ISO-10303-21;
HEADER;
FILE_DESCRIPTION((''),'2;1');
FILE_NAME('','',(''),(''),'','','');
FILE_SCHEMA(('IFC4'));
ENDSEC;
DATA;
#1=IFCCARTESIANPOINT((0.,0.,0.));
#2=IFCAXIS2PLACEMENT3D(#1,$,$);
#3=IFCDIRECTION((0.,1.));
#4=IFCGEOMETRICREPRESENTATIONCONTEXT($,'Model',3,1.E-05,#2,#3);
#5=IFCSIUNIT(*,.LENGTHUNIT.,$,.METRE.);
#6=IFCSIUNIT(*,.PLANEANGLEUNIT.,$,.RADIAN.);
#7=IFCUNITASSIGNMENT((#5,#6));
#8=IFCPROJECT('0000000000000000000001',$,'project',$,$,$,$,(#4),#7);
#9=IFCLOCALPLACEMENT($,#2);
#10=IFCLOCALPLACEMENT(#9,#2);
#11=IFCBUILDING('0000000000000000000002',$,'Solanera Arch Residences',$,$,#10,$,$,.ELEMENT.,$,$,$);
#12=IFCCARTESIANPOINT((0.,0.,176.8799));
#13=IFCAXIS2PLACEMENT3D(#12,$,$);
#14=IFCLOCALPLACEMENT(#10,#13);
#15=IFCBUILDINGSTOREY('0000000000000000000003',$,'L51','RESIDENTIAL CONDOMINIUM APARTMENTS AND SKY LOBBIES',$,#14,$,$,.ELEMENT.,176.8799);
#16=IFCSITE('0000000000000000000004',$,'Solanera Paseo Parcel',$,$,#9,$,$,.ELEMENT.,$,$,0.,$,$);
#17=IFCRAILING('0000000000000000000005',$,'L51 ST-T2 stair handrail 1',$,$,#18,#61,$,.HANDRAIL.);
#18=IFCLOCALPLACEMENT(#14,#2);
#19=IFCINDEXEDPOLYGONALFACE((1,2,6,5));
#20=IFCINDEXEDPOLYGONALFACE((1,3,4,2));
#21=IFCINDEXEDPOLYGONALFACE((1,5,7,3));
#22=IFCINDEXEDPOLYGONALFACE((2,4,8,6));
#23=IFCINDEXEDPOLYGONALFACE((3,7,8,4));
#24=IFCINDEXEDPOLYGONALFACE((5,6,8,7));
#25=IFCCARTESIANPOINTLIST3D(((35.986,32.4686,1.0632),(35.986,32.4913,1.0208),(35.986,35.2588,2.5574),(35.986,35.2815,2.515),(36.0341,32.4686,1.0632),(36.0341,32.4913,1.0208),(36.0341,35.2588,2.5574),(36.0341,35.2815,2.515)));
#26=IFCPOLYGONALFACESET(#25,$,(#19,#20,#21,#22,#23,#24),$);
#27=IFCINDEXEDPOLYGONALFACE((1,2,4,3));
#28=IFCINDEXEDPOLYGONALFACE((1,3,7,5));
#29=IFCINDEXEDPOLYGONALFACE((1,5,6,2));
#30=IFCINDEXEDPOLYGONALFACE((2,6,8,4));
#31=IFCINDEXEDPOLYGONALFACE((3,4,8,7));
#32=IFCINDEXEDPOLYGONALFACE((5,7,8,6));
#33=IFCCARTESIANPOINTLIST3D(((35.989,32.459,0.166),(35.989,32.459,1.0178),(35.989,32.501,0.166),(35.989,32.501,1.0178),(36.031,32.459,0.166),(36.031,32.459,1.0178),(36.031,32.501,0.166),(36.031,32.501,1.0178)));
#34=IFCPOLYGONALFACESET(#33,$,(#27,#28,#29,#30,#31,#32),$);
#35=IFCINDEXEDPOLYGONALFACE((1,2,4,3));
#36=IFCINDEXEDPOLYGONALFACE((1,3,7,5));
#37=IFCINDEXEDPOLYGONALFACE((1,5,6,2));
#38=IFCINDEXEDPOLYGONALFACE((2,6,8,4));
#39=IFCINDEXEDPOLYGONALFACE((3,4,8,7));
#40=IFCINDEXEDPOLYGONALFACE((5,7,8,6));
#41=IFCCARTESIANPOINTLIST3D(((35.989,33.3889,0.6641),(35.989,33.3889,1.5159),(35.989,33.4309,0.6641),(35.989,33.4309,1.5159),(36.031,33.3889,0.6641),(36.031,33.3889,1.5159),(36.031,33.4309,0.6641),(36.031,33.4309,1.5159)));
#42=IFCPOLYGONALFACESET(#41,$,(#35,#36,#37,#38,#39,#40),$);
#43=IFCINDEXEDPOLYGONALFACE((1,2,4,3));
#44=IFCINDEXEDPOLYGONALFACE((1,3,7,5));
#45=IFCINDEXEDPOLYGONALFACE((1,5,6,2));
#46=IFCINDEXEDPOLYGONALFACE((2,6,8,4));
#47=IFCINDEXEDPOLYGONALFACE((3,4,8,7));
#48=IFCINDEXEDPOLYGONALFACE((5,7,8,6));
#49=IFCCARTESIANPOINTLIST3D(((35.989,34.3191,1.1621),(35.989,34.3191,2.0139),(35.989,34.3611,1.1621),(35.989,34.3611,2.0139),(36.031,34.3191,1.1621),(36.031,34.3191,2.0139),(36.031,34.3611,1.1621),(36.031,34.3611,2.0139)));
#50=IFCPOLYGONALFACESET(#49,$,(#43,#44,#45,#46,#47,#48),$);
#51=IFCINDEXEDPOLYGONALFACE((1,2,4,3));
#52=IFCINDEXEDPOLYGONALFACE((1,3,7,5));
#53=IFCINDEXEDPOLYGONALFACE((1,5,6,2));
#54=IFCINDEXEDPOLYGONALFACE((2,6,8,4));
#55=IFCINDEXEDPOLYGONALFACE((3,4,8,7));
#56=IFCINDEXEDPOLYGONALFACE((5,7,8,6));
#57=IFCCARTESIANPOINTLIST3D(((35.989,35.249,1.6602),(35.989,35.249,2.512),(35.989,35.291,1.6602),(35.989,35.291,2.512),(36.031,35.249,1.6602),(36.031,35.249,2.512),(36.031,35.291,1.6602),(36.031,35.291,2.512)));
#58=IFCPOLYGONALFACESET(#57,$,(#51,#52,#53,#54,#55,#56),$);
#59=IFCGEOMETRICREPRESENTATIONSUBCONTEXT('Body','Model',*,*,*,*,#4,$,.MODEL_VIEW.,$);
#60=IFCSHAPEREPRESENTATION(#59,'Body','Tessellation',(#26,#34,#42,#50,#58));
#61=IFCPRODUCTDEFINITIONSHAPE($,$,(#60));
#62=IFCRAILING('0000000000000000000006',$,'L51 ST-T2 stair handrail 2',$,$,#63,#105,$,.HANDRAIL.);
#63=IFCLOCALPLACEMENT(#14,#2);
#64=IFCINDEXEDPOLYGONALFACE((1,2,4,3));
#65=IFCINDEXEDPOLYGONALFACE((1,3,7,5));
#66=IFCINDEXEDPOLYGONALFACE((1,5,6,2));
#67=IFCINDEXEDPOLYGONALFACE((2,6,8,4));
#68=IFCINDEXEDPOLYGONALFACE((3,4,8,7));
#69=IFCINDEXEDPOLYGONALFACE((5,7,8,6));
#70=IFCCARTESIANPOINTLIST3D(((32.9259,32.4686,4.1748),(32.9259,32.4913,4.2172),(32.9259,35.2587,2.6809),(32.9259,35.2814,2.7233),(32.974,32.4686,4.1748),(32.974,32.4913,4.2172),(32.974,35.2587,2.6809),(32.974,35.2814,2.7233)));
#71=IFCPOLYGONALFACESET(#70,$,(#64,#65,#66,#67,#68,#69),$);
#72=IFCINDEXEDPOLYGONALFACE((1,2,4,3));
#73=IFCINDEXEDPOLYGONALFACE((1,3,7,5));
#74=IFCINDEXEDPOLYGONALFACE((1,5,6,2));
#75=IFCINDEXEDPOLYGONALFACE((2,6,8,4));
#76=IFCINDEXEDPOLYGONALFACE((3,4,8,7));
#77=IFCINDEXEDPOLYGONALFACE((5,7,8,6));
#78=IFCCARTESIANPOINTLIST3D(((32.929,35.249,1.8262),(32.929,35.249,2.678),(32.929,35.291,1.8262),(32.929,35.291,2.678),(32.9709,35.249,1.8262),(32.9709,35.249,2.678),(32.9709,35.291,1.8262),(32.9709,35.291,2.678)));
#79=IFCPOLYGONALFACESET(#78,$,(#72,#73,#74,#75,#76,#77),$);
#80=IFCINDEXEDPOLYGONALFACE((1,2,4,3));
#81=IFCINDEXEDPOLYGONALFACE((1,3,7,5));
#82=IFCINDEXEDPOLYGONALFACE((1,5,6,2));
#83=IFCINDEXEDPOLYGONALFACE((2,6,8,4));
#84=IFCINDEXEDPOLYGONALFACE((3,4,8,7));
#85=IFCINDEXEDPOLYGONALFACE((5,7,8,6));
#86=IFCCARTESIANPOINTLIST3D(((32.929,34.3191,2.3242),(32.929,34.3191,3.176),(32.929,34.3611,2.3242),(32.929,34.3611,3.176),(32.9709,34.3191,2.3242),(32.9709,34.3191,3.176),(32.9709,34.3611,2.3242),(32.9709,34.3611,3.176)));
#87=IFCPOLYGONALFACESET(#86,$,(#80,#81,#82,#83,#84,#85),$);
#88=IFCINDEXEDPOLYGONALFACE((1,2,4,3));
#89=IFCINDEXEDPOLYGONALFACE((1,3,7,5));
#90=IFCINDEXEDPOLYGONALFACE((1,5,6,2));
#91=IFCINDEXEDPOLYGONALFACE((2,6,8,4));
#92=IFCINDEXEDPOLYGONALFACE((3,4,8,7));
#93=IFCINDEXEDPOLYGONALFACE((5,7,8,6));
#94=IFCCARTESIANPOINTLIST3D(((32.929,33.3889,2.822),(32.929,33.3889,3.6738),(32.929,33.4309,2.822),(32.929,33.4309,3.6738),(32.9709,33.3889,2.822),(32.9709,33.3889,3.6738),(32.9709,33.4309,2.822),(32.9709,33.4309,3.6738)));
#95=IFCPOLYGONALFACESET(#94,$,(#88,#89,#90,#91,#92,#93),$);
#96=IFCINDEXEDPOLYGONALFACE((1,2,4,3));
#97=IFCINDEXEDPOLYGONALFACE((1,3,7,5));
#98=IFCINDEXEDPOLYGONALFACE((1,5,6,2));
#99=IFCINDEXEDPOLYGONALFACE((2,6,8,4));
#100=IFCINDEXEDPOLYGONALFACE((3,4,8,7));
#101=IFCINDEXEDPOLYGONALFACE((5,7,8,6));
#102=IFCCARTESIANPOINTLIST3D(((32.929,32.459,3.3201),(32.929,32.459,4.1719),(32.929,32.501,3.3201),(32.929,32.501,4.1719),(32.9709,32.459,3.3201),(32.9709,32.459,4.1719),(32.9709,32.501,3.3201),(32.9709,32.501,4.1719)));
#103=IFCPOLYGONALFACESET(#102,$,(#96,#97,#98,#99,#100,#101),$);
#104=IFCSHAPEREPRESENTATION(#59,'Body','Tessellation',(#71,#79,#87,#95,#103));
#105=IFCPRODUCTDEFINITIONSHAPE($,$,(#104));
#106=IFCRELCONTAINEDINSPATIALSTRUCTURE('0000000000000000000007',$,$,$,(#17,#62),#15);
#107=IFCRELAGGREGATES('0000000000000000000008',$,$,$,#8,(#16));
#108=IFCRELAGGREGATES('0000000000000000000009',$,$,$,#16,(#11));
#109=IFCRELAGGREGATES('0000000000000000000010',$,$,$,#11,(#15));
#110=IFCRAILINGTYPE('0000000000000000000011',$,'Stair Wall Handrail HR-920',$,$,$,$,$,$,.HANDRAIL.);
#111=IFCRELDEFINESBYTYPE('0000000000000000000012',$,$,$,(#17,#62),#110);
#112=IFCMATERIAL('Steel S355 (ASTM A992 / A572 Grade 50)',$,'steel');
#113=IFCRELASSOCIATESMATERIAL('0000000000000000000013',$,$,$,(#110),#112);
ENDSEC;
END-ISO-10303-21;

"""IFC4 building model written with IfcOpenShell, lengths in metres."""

from ifc_helpers import new_model, si_unit, direction, frame, origin, origin_2d, place, context, subcontext, project, spatial, rectangle, extrude, material, type_object, element, save


model = new_model("IFC4")

# Units and contexts
model_context = context("Model", 3, precision=1e-05, world=origin(), true_north=direction((0.0, 1.0)))
body_context = subcontext(model_context, "Body", "Model", "MODEL_VIEW")
ifc_project = project(units=[si_unit("LENGTHUNIT", "METRE"), si_unit("PLANEANGLEUNIT", "RADIAN")], contexts=[model_context])

# Site, building, storey
site_placement = place(None, origin())
site = spatial("IfcSite", under=ifc_project, at=site_placement, Name="Solanera Paseo Parcel", CompositionType="ELEMENT", RefElevation=0.0)
building_placement = place(site_placement, origin())
building = spatial("IfcBuilding", under=site, at=building_placement, Name="Solanera Arch Residences", CompositionType="ELEMENT")
storey_placement = place(building_placement, frame((0.0, 0.0, 176.8799)))
storey = spatial("IfcBuildingStorey", under=building, at=storey_placement, Name="L51", Description="RESIDENTIAL CONDOMINIUM APARTMENTS AND SKY LOBBIES", CompositionType="ELEMENT", Elevation=176.8799)

# Railings
ifc_material_1 = material(Name="Steel S355 (ASTM A992 / A572 Grade 50)", Category="steel")
railing_type_1 = type_object("IfcRailingType", Name="Stair Wall Handrail HR-920", PredefinedType="HANDRAIL", material=ifc_material_1)
railing_1_placement = place(storey_placement, frame((36.01, 32.48, 0.166)))
element("IfcRailing", 1, at=railing_1_placement, inside=storey, type_object=railing_type_1, Name="L51 ST-T2 stair handrail 1", PredefinedType="HANDRAIL", context=body_context, shape_type="SweptSolid", body=[
    extrude(rectangle(XDim=0.0481, YDim=0.0481, at=origin_2d()), frame((0.0, 0.0, 0.876), z_axis=(0.0, 0.881549, 0.472093), x_axis=(-1.0, 0.0, 0.0)), (0.0, 0.0, 1.0), 3.165),
    extrude(rectangle(XDim=0.042, YDim=0.042, at=origin_2d()), origin(), (0.0, 0.0, 1.0), 0.8518),
    extrude(rectangle(XDim=0.042, YDim=0.042, at=origin_2d()), frame((0.0, 0.9299, 0.498)), (0.0, 0.0, 1.0), 0.8518),
    extrude(rectangle(XDim=0.042, YDim=0.042, at=origin_2d()), frame((0.0, 1.8601, 0.9961)), (0.0, 0.0, 1.0), 0.8518),
    extrude(rectangle(XDim=0.042, YDim=0.042, at=origin_2d()), frame((0.0, 2.79, 1.4941)), (0.0, 0.0, 1.0), 0.8518),
])
railing_2_placement = place(storey_placement, frame((32.95, 35.27, 1.8262)))
element("IfcRailing", 2, at=railing_2_placement, inside=storey, type_object=railing_type_1, Name="L51 ST-T2 stair handrail 2", PredefinedType="HANDRAIL", context=body_context, shape_type="SweptSolid", body=[
    extrude(rectangle(XDim=0.0481, YDim=0.0481, at=origin_2d()), frame((0.0, 0.0, 0.876), z_axis=(0.0, -0.881581, 0.472033), x_axis=(1.0, 0.0, 0.0)), (0.0, 0.0, 1.0), 3.1648),
    extrude(rectangle(XDim=0.042, YDim=0.042, at=origin_2d()), origin(), (0.0, 0.0, 1.0), 0.8518),
    extrude(rectangle(XDim=0.042, YDim=0.042, at=origin_2d()), frame((0.0, -0.9299, 0.498)), (0.0, 0.0, 1.0), 0.8518),
    extrude(rectangle(XDim=0.042, YDim=0.042, at=origin_2d()), frame((0.0, -1.8601, 0.9958)), (0.0, 0.0, 1.0), 0.8518),
    extrude(rectangle(XDim=0.042, YDim=0.042, at=origin_2d()), frame((0.0, -2.79, 1.4939)), (0.0, 0.0, 1.0), 0.8518),
])

save(model, "model.ifc")
